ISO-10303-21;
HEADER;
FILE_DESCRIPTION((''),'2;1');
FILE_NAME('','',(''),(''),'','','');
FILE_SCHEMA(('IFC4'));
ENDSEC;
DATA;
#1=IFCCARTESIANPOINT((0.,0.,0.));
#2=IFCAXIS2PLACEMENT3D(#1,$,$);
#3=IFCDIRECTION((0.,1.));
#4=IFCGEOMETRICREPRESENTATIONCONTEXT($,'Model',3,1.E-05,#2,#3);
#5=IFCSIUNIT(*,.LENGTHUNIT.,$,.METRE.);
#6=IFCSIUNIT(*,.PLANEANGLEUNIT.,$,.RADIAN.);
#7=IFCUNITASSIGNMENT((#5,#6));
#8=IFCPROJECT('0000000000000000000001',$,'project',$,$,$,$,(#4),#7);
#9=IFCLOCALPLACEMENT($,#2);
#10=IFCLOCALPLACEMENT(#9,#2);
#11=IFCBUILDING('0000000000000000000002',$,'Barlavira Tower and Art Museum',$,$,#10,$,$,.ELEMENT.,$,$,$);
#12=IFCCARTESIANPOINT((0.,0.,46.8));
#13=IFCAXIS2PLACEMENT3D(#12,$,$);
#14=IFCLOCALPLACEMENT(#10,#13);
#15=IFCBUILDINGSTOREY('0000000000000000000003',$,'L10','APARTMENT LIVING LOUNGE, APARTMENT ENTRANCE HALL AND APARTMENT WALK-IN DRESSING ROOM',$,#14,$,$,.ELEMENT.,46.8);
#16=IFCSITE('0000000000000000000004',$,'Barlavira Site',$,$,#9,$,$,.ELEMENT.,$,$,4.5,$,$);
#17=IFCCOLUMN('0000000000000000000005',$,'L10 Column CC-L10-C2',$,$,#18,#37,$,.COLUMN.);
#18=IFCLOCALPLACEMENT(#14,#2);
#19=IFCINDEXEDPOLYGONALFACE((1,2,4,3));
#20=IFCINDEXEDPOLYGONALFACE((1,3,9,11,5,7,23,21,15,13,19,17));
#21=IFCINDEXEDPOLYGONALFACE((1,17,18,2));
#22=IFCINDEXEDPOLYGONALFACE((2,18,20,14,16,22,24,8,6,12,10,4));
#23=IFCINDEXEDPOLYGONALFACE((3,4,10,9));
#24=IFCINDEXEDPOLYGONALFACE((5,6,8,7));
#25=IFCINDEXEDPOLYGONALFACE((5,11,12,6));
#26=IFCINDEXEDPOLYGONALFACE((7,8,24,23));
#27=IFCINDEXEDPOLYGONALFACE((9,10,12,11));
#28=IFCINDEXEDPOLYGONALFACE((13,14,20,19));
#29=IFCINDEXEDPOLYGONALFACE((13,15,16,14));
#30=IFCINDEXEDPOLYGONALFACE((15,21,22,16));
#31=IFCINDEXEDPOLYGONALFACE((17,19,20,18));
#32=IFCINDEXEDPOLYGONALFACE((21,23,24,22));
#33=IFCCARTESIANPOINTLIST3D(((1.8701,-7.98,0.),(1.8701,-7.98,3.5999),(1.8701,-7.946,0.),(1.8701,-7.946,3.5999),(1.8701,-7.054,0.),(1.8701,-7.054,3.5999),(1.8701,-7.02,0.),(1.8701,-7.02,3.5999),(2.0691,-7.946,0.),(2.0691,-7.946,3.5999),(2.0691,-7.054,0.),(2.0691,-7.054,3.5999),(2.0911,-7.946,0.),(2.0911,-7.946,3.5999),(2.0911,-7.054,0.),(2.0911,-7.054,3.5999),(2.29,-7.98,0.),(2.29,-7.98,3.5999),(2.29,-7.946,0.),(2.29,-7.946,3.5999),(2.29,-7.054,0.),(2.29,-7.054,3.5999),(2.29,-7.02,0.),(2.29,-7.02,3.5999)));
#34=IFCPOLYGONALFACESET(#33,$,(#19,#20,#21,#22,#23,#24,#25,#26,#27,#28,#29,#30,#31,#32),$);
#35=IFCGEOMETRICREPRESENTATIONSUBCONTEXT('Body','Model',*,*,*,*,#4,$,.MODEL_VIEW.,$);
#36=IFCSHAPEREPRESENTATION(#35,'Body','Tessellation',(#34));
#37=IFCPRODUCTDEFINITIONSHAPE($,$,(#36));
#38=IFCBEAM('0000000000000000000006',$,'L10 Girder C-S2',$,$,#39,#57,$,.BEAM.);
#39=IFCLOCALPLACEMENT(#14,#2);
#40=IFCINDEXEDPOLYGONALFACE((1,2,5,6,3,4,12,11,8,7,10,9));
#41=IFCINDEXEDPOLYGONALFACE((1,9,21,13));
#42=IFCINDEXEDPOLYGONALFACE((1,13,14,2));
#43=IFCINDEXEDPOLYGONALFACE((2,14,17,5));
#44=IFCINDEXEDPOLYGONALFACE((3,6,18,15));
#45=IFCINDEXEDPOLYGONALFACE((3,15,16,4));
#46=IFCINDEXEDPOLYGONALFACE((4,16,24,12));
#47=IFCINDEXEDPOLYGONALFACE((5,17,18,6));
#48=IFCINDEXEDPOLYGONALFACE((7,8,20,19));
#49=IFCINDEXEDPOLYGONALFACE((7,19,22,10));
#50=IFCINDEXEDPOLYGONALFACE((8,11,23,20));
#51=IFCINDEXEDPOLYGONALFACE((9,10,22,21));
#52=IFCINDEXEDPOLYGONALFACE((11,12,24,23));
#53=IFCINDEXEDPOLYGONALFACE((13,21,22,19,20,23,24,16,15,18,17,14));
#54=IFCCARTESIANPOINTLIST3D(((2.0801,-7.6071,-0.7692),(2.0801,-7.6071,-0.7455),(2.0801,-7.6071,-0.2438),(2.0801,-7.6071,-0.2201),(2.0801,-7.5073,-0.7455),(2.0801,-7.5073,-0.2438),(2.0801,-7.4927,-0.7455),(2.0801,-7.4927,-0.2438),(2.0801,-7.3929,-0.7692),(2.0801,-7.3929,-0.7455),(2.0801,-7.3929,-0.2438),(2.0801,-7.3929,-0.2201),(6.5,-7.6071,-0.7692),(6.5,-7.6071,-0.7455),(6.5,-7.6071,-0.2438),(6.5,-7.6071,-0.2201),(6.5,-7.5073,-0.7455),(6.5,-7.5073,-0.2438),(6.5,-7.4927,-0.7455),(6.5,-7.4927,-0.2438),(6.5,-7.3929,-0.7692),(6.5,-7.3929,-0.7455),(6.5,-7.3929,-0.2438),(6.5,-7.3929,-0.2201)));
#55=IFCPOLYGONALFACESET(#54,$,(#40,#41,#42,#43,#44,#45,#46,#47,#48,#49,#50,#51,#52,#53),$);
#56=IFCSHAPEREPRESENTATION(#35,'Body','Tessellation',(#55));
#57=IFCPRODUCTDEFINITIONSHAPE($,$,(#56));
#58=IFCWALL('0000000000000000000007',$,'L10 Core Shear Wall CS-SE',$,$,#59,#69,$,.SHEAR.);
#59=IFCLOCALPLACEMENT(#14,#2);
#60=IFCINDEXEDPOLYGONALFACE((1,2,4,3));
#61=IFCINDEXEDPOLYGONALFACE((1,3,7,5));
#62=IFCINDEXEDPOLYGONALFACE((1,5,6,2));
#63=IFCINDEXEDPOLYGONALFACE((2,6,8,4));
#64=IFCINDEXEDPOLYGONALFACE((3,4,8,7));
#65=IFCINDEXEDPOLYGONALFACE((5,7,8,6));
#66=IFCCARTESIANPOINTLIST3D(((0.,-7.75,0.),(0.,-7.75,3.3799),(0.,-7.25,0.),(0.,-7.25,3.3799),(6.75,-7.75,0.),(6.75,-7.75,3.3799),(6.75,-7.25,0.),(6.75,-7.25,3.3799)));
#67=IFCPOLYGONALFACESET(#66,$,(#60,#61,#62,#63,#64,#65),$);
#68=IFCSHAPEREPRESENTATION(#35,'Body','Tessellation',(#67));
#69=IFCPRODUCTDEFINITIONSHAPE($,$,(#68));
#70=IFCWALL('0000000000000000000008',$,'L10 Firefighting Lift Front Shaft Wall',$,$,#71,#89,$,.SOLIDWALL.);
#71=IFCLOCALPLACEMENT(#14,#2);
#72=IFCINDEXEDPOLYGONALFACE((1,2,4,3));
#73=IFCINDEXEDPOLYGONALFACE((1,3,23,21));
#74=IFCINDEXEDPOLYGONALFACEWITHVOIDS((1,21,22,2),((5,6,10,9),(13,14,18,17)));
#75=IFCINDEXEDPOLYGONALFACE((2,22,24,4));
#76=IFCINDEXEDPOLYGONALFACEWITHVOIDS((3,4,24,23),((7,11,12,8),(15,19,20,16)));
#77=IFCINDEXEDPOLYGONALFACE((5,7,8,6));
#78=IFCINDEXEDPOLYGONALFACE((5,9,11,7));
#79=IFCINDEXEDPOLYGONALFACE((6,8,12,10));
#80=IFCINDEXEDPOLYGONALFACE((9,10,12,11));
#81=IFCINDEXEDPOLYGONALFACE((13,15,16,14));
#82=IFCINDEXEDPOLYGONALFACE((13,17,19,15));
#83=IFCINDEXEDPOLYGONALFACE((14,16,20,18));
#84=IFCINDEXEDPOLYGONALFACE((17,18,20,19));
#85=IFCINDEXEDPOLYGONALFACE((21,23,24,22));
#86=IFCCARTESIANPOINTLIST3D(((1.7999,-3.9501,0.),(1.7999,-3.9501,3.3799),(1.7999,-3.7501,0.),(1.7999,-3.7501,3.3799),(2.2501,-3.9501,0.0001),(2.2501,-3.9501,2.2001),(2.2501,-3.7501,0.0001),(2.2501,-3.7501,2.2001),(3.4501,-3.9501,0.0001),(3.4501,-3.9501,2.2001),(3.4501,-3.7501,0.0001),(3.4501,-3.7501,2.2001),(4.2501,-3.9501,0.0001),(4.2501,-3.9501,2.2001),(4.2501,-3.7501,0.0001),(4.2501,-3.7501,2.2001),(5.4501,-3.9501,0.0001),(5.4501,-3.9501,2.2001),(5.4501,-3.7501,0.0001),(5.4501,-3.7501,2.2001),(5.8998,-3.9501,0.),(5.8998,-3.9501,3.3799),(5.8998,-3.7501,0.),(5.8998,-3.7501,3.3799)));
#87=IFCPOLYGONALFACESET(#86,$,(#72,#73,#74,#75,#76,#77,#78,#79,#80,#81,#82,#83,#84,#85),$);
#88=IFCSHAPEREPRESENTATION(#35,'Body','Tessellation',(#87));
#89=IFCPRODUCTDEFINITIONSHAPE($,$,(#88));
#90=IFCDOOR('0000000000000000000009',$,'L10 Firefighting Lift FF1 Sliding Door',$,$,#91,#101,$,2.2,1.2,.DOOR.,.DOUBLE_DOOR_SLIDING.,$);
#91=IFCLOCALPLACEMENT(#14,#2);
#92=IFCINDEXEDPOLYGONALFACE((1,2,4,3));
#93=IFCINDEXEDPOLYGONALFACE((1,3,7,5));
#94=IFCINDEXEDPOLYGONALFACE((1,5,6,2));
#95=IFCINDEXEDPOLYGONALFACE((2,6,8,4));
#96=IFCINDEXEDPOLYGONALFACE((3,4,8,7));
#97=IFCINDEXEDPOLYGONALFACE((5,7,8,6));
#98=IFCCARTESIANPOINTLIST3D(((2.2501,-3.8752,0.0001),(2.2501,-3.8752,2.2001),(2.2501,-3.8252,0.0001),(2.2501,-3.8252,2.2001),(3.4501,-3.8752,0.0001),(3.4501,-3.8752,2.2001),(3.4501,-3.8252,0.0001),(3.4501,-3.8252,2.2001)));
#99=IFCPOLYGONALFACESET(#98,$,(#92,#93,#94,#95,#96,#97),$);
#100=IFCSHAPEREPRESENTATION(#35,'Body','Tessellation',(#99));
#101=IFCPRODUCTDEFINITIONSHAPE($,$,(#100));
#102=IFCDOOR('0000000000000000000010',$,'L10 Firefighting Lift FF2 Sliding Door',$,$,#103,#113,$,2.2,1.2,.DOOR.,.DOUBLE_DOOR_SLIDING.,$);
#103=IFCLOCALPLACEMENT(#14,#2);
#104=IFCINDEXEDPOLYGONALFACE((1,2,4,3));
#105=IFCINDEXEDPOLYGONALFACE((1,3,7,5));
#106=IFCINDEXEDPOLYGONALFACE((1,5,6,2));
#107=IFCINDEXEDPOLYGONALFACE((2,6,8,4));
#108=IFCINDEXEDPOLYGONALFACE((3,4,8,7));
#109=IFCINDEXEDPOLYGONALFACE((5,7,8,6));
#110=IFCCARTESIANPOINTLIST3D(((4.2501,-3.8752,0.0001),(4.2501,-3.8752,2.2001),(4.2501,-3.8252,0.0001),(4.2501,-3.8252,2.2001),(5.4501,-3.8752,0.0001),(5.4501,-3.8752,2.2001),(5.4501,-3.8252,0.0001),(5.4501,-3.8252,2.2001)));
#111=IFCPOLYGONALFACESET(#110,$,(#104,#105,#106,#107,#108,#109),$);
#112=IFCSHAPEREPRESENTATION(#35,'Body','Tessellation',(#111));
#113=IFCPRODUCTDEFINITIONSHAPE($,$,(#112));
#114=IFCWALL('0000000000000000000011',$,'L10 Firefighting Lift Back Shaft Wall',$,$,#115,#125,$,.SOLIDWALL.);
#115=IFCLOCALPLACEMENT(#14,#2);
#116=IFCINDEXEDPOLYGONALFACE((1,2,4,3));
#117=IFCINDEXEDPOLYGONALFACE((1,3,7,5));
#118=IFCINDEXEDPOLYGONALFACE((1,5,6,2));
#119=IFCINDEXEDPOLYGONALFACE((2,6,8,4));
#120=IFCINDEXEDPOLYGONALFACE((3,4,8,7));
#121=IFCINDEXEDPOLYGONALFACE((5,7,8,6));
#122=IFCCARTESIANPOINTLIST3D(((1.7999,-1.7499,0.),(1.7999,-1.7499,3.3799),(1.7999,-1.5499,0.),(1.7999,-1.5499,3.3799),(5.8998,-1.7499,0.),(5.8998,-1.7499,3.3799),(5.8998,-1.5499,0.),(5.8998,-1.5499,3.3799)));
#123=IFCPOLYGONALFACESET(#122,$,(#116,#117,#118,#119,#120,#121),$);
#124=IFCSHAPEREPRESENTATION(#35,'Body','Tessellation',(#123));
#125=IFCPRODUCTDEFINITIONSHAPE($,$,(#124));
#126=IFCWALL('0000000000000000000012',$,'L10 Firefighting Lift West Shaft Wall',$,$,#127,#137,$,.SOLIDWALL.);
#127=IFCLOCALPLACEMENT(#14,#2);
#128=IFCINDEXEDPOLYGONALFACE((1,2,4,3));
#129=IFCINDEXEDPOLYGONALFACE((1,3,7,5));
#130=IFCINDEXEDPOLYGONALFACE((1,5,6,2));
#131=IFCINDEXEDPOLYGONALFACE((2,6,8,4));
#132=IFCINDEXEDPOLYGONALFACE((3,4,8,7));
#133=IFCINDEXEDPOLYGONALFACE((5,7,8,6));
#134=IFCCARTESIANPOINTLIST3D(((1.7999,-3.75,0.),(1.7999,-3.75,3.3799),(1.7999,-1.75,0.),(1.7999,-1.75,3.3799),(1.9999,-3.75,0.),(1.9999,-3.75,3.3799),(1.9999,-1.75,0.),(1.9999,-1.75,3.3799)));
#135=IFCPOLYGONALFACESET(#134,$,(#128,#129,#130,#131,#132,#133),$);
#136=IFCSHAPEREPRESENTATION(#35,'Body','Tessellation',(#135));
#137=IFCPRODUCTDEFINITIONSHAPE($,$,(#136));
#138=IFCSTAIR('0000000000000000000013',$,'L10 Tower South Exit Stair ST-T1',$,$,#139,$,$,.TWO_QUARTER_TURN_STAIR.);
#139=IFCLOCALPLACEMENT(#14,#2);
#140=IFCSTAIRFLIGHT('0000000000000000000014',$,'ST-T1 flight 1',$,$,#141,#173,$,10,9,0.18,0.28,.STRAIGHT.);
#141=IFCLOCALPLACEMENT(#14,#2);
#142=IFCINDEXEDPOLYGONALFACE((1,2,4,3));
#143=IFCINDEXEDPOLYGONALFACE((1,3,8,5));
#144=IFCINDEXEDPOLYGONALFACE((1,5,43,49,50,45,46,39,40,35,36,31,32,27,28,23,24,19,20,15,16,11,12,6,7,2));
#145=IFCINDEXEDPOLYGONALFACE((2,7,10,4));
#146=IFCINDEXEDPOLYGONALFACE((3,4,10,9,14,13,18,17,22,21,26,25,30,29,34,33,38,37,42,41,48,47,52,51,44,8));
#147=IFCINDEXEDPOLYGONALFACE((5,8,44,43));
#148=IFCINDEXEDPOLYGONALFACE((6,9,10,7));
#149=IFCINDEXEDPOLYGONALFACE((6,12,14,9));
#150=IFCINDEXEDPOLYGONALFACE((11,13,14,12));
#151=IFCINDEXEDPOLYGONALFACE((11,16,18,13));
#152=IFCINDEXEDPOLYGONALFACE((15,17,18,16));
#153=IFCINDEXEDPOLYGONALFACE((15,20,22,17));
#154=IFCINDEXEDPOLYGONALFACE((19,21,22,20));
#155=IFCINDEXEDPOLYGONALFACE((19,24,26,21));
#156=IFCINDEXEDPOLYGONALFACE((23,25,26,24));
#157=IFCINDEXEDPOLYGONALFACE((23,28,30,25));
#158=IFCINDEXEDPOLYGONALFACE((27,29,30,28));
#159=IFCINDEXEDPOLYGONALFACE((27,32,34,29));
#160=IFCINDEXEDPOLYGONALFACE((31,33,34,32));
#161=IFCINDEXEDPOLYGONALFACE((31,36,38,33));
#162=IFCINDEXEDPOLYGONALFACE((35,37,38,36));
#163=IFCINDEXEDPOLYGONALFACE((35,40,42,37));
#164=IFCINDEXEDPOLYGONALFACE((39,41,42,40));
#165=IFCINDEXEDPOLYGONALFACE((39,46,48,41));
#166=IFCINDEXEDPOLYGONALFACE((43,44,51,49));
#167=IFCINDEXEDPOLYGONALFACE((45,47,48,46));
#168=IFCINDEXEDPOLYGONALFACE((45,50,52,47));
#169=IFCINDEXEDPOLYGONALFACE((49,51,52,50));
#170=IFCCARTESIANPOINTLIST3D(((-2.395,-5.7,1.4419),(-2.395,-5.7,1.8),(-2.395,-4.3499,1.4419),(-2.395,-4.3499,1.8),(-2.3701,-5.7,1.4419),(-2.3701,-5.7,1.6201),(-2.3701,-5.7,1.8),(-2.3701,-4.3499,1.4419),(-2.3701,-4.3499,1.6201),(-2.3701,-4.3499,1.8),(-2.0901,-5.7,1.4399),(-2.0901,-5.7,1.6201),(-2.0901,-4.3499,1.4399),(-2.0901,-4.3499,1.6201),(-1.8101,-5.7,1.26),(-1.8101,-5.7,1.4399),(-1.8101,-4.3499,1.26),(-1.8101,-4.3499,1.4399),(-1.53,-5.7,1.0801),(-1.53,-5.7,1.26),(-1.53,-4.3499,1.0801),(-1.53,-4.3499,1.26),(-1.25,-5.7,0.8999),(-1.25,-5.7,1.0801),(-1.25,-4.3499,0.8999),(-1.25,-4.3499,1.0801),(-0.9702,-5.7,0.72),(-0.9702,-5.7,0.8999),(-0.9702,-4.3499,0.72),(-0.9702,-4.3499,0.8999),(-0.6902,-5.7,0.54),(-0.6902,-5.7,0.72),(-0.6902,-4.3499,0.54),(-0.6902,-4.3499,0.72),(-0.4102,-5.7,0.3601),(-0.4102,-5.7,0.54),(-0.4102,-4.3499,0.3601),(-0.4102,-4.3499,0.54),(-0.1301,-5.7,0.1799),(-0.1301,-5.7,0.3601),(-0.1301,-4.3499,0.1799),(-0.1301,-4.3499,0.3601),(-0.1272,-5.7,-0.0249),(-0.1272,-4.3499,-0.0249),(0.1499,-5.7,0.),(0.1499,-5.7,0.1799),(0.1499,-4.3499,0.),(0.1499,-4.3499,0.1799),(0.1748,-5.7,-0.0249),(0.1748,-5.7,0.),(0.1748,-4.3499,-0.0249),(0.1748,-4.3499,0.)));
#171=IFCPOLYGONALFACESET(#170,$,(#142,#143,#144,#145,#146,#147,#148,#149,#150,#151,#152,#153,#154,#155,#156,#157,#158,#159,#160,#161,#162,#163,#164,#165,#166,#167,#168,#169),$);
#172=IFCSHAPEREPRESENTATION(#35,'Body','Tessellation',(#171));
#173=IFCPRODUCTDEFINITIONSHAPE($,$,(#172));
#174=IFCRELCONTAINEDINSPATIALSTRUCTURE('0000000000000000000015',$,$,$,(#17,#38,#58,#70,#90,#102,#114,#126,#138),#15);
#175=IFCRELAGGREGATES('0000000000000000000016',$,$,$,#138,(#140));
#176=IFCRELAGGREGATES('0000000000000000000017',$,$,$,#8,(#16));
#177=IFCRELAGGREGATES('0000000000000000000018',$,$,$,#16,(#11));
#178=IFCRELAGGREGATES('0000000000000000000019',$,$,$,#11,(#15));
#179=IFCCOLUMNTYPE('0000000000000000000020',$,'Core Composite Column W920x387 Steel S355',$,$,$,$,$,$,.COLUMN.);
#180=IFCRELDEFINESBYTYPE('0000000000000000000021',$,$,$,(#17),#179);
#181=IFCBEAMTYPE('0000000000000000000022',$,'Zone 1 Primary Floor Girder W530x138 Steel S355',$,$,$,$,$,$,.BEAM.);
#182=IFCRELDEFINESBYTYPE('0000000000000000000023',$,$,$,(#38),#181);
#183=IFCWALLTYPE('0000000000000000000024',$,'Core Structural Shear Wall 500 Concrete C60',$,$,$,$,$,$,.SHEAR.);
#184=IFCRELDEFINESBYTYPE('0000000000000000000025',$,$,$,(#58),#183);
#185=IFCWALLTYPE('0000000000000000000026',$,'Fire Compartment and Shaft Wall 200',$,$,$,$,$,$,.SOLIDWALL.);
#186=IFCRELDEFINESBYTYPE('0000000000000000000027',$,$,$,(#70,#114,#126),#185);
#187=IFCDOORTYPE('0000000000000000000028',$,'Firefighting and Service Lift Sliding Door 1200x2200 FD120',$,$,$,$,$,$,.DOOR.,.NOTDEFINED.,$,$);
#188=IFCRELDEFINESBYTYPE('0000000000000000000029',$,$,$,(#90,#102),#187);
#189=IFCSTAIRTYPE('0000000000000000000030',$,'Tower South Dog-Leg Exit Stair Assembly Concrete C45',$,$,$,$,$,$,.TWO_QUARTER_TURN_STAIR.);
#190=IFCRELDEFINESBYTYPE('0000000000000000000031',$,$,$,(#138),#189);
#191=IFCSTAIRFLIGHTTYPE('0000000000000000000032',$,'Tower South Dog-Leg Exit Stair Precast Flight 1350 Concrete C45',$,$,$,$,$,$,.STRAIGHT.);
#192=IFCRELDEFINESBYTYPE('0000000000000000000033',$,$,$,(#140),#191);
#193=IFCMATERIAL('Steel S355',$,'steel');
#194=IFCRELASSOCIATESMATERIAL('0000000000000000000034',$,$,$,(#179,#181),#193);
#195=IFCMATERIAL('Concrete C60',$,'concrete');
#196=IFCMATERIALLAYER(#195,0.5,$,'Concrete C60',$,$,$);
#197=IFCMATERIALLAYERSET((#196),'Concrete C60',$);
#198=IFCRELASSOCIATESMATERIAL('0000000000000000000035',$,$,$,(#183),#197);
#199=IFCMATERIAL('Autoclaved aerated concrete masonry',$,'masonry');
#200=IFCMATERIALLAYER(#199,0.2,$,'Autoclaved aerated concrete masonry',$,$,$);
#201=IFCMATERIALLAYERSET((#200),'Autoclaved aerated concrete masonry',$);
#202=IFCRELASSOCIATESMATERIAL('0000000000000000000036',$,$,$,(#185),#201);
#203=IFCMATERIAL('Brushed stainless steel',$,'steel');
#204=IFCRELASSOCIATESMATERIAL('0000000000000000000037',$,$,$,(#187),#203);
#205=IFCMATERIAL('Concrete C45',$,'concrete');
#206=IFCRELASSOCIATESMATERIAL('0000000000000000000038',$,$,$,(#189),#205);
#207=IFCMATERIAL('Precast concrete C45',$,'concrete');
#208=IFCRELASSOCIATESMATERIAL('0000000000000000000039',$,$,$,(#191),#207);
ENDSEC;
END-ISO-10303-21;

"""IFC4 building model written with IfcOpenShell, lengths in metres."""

from ifc_helpers import new_model, si_unit, direction, frame, frame_2d, origin, origin_2d, place, context, subcontext, project, spatial, polyline, rectangle, i_section, outline, extrude, material, layer, layer_set, material_profile, profile_set, type_object, element, fill, aggregate, save


model = new_model("IFC4")

# Units and contexts
model_context = context("Model", 3, precision=1e-05, world=origin(), true_north=direction((0.0, 1.0)))
body_context = subcontext(model_context, "Body", "Model", "MODEL_VIEW")
ifc_project = project(units=[si_unit("LENGTHUNIT", "METRE"), si_unit("PLANEANGLEUNIT", "RADIAN")], contexts=[model_context])

# Site, building, storey
site_placement = place(None, origin())
site = spatial("IfcSite", under=ifc_project, at=site_placement, Name="Barlavira Site", CompositionType="ELEMENT", RefElevation=4.5)
building_placement = place(site_placement, origin())
building = spatial("IfcBuilding", under=site, at=building_placement, Name="Barlavira Tower and Art Museum", CompositionType="ELEMENT")
storey_placement = place(building_placement, frame((0.0, 0.0, 46.8)))
storey = spatial("IfcBuildingStorey", under=building, at=storey_placement, Name="L10", Description="APARTMENT LIVING LOUNGE, APARTMENT ENTRANCE HALL AND APARTMENT WALK-IN DRESSING ROOM", CompositionType="ELEMENT", Elevation=46.8)

# Column
ifc_material_1 = material(Name="Steel S355", Category="steel")
ifc_material_profile_1 = material_profile(ifc_material_1, i_section(OverallWidth=0.4199, OverallDepth=0.96, WebThickness=0.022, FlangeThickness=0.0339, at=origin_2d()), Name="W920x387.0")
ifc_profile_set_1 = profile_set([ifc_material_profile_1], Name="Steel S355")
column_type = type_object("IfcColumnType", Name="Core Composite Column W920x387 Steel S355", PredefinedType="COLUMN", material=ifc_profile_set_1)
column_placement = place(storey_placement, frame((2.0801, -7.5, 0.0), z_axis=(0.0, 0.0, 1.0), x_axis=(1.0, 0.0, 0.0)))
element("IfcColumn", 1, at=column_placement, inside=storey, type_object=column_type, Name="L10 Column CC-L10-C2", PredefinedType="COLUMN", context=body_context, shape_type="SweptSolid", body=[
    extrude(i_section(OverallWidth=0.4199, OverallDepth=0.96, WebThickness=0.022, FlangeThickness=0.0339, at=origin_2d()), origin(), (0.0, 0.0, 1.0), 3.5999),
])

# Beam
ifc_material_profile_2 = material_profile(ifc_material_1, i_section(OverallWidth=0.2141, OverallDepth=0.5491, WebThickness=0.0146, FlangeThickness=0.0237, at=origin_2d()), Name="W530x138.0")
ifc_profile_set_2 = profile_set([ifc_material_profile_2], Name="Steel S355")
beam_type = type_object("IfcBeamType", Name="Zone 1 Primary Floor Girder W530x138 Steel S355", PredefinedType="BEAM", material=ifc_profile_set_2)
beam_placement = place(storey_placement, frame((2.0801, -7.5, -0.4946), z_axis=(1.0, 0.0, 0.0), x_axis=(0.0, 1.0, 0.0)))
element("IfcBeam", 2, at=beam_placement, inside=storey, type_object=beam_type, Name="L10 Girder C-S2", PredefinedType="BEAM", context=body_context, shape_type="SweptSolid", body=[
    extrude(i_section(OverallWidth=0.2141, OverallDepth=0.5491, WebThickness=0.0146, FlangeThickness=0.0237, at=origin_2d()), origin(), (0.0, 0.0, 1.0), 4.4199),
])

# Wall
ifc_material_2 = material(Name="Concrete C60", Category="concrete")
ifc_layer_1 = layer(ifc_material_2, 0.5, Name="Concrete C60")
ifc_layer_set_1 = layer_set([ifc_layer_1], Name="Concrete C60")
wall_type_1 = type_object("IfcWallType", Name="Core Structural Shear Wall 500 Concrete C60", PredefinedType="SHEAR", material=ifc_layer_set_1)
wall_1_placement = place(storey_placement, frame((0.0, -7.5, 0.0), z_axis=(0.0, 0.0, 1.0), x_axis=(1.0, 0.0, 0.0)))
element("IfcWall", 3, at=wall_1_placement, inside=storey, type_object=wall_type_1, Name="L10 Core Shear Wall CS-SE", PredefinedType="SHEAR", context=body_context, shape_type="SweptSolid", body=[
    extrude(rectangle(XDim=6.75, YDim=0.5, at=frame_2d((3.375, 0.0))), origin(), (0.0, 0.0, 1.0), 3.3799),
])

# Wall, openings, doors
ifc_material_3 = material(Name="Autoclaved aerated concrete masonry", Category="masonry")
ifc_layer_2 = layer(ifc_material_3, 0.2, Name="Autoclaved aerated concrete masonry")
ifc_layer_set_2 = layer_set([ifc_layer_2], Name="Autoclaved aerated concrete masonry")
wall_type_2 = type_object("IfcWallType", Name="Fire Compartment and Shaft Wall 200", PredefinedType="SOLIDWALL", material=ifc_layer_set_2)
wall_2_placement = place(storey_placement, frame((1.8, -3.8501, 0.0), z_axis=(0.0, 0.0, 1.0), x_axis=(1.0, 0.0, 0.0)))
wall_2 = element("IfcWall", 4, at=wall_2_placement, inside=storey, type_object=wall_type_2, Name="L10 Firefighting Lift Front Shaft Wall", PredefinedType="SOLIDWALL", context=body_context, shape_type="SweptSolid", body=[
    extrude(rectangle(XDim=4.0999, YDim=0.2, at=frame_2d((2.0498, 0.0))), origin(), (0.0, 0.0, 1.0), 3.3799),
])
opening_1_placement = place(wall_2_placement, frame((0.45, 0.0, 0.0)))
opening_1 = element("IfcOpeningElement", 5, at=opening_1_placement, cuts=wall_2, PredefinedType="OPENING", context=body_context, shape_type="SweptSolid", body=[
    extrude(rectangle(XDim=1.2, YDim=2.2, at=frame_2d((0.6001, 1.1001))), frame((0.0, 0.1099, 0.0), z_axis=(0.0, -1.0, 0.0), x_axis=(1.0, 0.0, 0.0)), (0.0, 0.0, 1.0), 0.22),
])
opening_2_placement = place(wall_2_placement, frame((2.45, 0.0, 0.0)))
opening_2 = element("IfcOpeningElement", 6, at=opening_2_placement, cuts=wall_2, PredefinedType="OPENING", context=body_context, shape_type="SweptSolid", body=[
    extrude(rectangle(XDim=1.2, YDim=2.2, at=frame_2d((0.6001, 1.1001))), frame((0.0, 0.1099, 0.0), z_axis=(0.0, -1.0, 0.0), x_axis=(1.0, 0.0, 0.0)), (0.0, 0.0, 1.0), 0.22),
])
ifc_material_4 = material(Name="Brushed stainless steel", Category="steel")
door_type_1 = type_object("IfcDoorType", Name="Firefighting and Service Lift Sliding Door 1200x2200 FD120", OperationType="NOTDEFINED", PredefinedType="DOOR", material=ifc_material_4)
door_1_placement = place(opening_1_placement, origin())
door_1 = element("IfcDoor", 7, at=door_1_placement, inside=storey, type_object=door_type_1, Name="L10 Firefighting Lift FF1 Sliding Door", OperationType="DOUBLE_DOOR_SLIDING", OverallHeight=2.2, OverallWidth=1.2, PredefinedType="DOOR", context=body_context, shape_type="SweptSolid", body=[
    extrude(rectangle(XDim=1.2, YDim=2.2, at=frame_2d((0.6001, 1.1001))), frame((0.0, 0.0249, 0.0), z_axis=(0.0, -1.0, 0.0), x_axis=(1.0, 0.0, 0.0)), (0.0, 0.0, 1.0), 0.05),
])
fill(opening_1, door_1)
door_2_placement = place(opening_2_placement, origin())
door_2 = element("IfcDoor", 8, at=door_2_placement, inside=storey, type_object=door_type_1, Name="L10 Firefighting Lift FF2 Sliding Door", OperationType="DOUBLE_DOOR_SLIDING", OverallHeight=2.2, OverallWidth=1.2, PredefinedType="DOOR", context=body_context, shape_type="SweptSolid", body=[
    extrude(rectangle(XDim=1.2, YDim=2.2, at=frame_2d((0.6001, 1.1001))), frame((0.0, 0.0249, 0.0), z_axis=(0.0, -1.0, 0.0), x_axis=(1.0, 0.0, 0.0)), (0.0, 0.0, 1.0), 0.05),
])
fill(opening_2, door_2)

# Walls
wall_3_placement = place(storey_placement, frame((1.8, -1.6499, 0.0), z_axis=(0.0, 0.0, 1.0), x_axis=(1.0, 0.0, 0.0)))
element("IfcWall", 9, at=wall_3_placement, inside=storey, type_object=wall_type_2, Name="L10 Firefighting Lift Back Shaft Wall", PredefinedType="SOLIDWALL", context=body_context, shape_type="SweptSolid", body=[
    extrude(rectangle(XDim=4.0999, YDim=0.2, at=frame_2d((2.0498, 0.0))), origin(), (0.0, 0.0, 1.0), 3.3799),
])
wall_4_placement = place(storey_placement, frame((1.8999, -3.75, 0.0), z_axis=(0.0, 0.0, 1.0), x_axis=(0.0, 1.0, 0.0)))
element("IfcWall", 10, at=wall_4_placement, inside=storey, type_object=wall_type_2, Name="L10 Firefighting Lift West Shaft Wall", PredefinedType="SOLIDWALL", context=body_context, shape_type="SweptSolid", body=[
    extrude(rectangle(XDim=2.0, YDim=0.2, at=frame_2d((1.0, 0.0))), origin(), (0.0, 0.0, 1.0), 3.3799),
])

# Stair, stair flight
ifc_material_5 = material(Name="Concrete C45", Category="concrete")
stair_type = type_object("IfcStairType", Name="Tower South Dog-Leg Exit Stair Assembly Concrete C45", PredefinedType="TWO_QUARTER_TURN_STAIR", material=ifc_material_5)
stair_placement = place(storey_placement, origin())
stair = element("IfcStair", 11, at=stair_placement, inside=storey, type_object=stair_type, Name="L10 Tower South Exit Stair ST-T1", PredefinedType="TWO_QUARTER_TURN_STAIR")
ifc_material_6 = material(Name="Precast concrete C45", Category="concrete")
stair_flight_type = type_object("IfcStairFlightType", Name="Tower South Dog-Leg Exit Stair Precast Flight 1350 Concrete C45", PredefinedType="STRAIGHT", material=ifc_material_6)
stair_flight_placement = place(storey_placement, frame((0.1499, -5.0249, 0.0), z_axis=(0.0, 0.0, 1.0), x_axis=(-1.0, 0.0, 0.0)))
stair_flight = element("IfcStairFlight", 12, at=stair_flight_placement, type_object=stair_flight_type, Name="ST-T1 flight 1", NumberOfRisers=10, NumberOfTreads=9, PredefinedType="STRAIGHT", RiserHeight=0.18, TreadLength=0.28, context=body_context, shape_type="SweptSolid", body=[
    extrude(outline(polyline([(-0.0249, 0.0), (0.0, 0.0), (0.0, 0.1799), (0.28, 0.1799), (0.28, 0.3601), (0.5601, 0.3601), (0.5601, 0.54), (0.8401, 0.54), (0.8401, 0.72), (1.1201, 0.72), (1.1201, 0.8999), (1.3999, 0.8999), (1.3999, 1.0801), (1.6799, 1.0801), (1.6799, 1.26), (1.96, 1.26), (1.96, 1.4399), (2.24, 1.4399), (2.24, 1.6201), (2.52, 1.6201), (2.52, 1.8), (2.5449, 1.8), (2.5449, 1.4419), (2.52, 1.4419), (0.2771, -0.0249), (-0.0249, -0.0249), (-0.0249, 0.0)])), frame((0.0, 0.675, 0.0), z_axis=(0.0, -1.0, 0.0), x_axis=(1.0, 0.0, 0.0)), (0.0, 0.0, 1.0), 1.3501),
])
aggregate(stair, [stair_flight])

save(model, "model.ifc")
